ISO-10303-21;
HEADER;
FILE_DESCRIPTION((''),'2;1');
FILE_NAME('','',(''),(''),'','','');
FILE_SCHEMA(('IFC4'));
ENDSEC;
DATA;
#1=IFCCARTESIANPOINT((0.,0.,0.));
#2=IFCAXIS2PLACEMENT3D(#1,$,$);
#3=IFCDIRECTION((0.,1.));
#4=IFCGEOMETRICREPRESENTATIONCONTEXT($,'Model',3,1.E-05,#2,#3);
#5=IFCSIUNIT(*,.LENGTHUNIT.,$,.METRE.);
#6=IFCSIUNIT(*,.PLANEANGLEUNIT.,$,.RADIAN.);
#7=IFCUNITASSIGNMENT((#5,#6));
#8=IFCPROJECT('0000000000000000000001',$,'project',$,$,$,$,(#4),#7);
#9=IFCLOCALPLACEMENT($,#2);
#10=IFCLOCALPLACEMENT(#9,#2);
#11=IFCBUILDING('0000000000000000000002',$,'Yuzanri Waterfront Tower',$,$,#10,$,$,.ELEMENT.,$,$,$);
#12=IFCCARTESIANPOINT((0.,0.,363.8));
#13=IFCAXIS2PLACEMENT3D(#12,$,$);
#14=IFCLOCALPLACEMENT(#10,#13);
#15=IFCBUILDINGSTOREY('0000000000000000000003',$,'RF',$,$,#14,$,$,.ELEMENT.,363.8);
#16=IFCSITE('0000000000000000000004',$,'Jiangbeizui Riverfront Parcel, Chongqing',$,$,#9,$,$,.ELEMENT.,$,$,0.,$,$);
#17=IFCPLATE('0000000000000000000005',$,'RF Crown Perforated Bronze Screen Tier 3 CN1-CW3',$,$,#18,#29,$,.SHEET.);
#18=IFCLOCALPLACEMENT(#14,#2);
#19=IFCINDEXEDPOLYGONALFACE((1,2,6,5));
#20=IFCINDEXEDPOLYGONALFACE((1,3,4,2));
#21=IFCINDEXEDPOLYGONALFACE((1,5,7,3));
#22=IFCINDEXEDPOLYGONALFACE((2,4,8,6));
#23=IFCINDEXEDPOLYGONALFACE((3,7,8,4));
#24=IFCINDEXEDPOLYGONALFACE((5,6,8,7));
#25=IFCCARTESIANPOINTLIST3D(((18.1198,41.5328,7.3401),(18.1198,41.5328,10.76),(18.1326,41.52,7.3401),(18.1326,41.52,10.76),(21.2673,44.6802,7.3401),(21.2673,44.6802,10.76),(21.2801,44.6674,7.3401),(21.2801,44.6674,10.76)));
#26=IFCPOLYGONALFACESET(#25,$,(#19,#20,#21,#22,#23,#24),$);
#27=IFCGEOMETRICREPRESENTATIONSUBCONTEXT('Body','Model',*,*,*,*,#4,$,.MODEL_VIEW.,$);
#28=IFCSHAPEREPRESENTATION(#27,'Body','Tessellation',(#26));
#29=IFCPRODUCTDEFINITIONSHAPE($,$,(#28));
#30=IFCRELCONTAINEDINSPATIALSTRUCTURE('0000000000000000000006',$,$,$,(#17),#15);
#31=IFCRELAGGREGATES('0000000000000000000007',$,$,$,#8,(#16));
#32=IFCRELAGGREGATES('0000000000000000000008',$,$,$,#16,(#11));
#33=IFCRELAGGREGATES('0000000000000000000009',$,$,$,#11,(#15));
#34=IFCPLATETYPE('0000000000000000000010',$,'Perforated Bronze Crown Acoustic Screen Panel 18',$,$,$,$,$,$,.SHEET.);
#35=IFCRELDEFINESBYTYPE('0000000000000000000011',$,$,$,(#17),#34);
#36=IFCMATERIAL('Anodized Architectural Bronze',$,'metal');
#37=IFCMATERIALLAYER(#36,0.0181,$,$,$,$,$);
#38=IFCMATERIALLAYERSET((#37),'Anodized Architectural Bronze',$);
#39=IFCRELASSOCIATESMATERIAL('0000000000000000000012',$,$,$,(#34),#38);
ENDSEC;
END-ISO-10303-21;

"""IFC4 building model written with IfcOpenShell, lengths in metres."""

from ifc_helpers import new_model, si_unit, direction, frame, origin, origin_2d, place, context, subcontext, project, spatial, rectangle, extrude, source, transform, mapped, material, layer, layer_set, type_object, element, save


model = new_model("IFC4")

# Units and contexts
model_context = context("Model", 3, precision=1e-05, world=origin(), true_north=direction((0.0, 1.0)))
body_context = subcontext(model_context, "Body", "Model", "MODEL_VIEW")
ifc_project = project(units=[si_unit("LENGTHUNIT", "METRE"), si_unit("PLANEANGLEUNIT", "RADIAN")], contexts=[model_context])

# Site, building, storey
site_placement = place(None, origin())
site = spatial("IfcSite", under=ifc_project, at=site_placement, Name="Jiangbeizui Riverfront Parcel, Chongqing", CompositionType="ELEMENT", RefElevation=0.0)
building_placement = place(site_placement, origin())
building = spatial("IfcBuilding", under=site, at=building_placement, Name="Yuzanri Waterfront Tower", CompositionType="ELEMENT")
storey_placement = place(building_placement, frame((0.0, 0.0, 363.8)))
storey = spatial("IfcBuildingStorey", under=building, at=storey_placement, Name="RF", CompositionType="ELEMENT", Elevation=363.8)

# Plate
ifc_material_1 = material(Name="Anodized Architectural Bronze", Category="metal")
ifc_layer_1 = layer(ifc_material_1, 0.0181)
ifc_layer_set_1 = layer_set([ifc_layer_1], Name="Anodized Architectural Bronze")
plate_type_1 = type_object("IfcPlateType", Name="Perforated Bronze Crown Acoustic Screen Panel 18", PredefinedType="SHEET", material=ifc_layer_set_1)
shared_shape_1 = source(origin(), body_context, "Body", "SweptSolid", [
    extrude(rectangle(XDim=4.4512, YDim=0.0181, at=origin_2d()), origin(), (0.0, 0.0, 1.0), 3.4199),
])
plate_1_placement = place(storey_placement, frame((19.7, 43.1001, 7.3401), z_axis=(0.0, 0.0, 1.0), x_axis=(-0.707107, -0.707107, 0.0)))
element("IfcPlate", 1, at=plate_1_placement, inside=storey, type_object=plate_type_1, Name="RF Crown Perforated Bronze Screen Tier 3 CN1-CW3", PredefinedType="SHEET", context=body_context, shape_type="MappedRepresentation", body=[
    mapped(shared_shape_1, transform((0.0, 0.0, 0.0), scale=1.0)),
])

save(model, "model.ifc")
